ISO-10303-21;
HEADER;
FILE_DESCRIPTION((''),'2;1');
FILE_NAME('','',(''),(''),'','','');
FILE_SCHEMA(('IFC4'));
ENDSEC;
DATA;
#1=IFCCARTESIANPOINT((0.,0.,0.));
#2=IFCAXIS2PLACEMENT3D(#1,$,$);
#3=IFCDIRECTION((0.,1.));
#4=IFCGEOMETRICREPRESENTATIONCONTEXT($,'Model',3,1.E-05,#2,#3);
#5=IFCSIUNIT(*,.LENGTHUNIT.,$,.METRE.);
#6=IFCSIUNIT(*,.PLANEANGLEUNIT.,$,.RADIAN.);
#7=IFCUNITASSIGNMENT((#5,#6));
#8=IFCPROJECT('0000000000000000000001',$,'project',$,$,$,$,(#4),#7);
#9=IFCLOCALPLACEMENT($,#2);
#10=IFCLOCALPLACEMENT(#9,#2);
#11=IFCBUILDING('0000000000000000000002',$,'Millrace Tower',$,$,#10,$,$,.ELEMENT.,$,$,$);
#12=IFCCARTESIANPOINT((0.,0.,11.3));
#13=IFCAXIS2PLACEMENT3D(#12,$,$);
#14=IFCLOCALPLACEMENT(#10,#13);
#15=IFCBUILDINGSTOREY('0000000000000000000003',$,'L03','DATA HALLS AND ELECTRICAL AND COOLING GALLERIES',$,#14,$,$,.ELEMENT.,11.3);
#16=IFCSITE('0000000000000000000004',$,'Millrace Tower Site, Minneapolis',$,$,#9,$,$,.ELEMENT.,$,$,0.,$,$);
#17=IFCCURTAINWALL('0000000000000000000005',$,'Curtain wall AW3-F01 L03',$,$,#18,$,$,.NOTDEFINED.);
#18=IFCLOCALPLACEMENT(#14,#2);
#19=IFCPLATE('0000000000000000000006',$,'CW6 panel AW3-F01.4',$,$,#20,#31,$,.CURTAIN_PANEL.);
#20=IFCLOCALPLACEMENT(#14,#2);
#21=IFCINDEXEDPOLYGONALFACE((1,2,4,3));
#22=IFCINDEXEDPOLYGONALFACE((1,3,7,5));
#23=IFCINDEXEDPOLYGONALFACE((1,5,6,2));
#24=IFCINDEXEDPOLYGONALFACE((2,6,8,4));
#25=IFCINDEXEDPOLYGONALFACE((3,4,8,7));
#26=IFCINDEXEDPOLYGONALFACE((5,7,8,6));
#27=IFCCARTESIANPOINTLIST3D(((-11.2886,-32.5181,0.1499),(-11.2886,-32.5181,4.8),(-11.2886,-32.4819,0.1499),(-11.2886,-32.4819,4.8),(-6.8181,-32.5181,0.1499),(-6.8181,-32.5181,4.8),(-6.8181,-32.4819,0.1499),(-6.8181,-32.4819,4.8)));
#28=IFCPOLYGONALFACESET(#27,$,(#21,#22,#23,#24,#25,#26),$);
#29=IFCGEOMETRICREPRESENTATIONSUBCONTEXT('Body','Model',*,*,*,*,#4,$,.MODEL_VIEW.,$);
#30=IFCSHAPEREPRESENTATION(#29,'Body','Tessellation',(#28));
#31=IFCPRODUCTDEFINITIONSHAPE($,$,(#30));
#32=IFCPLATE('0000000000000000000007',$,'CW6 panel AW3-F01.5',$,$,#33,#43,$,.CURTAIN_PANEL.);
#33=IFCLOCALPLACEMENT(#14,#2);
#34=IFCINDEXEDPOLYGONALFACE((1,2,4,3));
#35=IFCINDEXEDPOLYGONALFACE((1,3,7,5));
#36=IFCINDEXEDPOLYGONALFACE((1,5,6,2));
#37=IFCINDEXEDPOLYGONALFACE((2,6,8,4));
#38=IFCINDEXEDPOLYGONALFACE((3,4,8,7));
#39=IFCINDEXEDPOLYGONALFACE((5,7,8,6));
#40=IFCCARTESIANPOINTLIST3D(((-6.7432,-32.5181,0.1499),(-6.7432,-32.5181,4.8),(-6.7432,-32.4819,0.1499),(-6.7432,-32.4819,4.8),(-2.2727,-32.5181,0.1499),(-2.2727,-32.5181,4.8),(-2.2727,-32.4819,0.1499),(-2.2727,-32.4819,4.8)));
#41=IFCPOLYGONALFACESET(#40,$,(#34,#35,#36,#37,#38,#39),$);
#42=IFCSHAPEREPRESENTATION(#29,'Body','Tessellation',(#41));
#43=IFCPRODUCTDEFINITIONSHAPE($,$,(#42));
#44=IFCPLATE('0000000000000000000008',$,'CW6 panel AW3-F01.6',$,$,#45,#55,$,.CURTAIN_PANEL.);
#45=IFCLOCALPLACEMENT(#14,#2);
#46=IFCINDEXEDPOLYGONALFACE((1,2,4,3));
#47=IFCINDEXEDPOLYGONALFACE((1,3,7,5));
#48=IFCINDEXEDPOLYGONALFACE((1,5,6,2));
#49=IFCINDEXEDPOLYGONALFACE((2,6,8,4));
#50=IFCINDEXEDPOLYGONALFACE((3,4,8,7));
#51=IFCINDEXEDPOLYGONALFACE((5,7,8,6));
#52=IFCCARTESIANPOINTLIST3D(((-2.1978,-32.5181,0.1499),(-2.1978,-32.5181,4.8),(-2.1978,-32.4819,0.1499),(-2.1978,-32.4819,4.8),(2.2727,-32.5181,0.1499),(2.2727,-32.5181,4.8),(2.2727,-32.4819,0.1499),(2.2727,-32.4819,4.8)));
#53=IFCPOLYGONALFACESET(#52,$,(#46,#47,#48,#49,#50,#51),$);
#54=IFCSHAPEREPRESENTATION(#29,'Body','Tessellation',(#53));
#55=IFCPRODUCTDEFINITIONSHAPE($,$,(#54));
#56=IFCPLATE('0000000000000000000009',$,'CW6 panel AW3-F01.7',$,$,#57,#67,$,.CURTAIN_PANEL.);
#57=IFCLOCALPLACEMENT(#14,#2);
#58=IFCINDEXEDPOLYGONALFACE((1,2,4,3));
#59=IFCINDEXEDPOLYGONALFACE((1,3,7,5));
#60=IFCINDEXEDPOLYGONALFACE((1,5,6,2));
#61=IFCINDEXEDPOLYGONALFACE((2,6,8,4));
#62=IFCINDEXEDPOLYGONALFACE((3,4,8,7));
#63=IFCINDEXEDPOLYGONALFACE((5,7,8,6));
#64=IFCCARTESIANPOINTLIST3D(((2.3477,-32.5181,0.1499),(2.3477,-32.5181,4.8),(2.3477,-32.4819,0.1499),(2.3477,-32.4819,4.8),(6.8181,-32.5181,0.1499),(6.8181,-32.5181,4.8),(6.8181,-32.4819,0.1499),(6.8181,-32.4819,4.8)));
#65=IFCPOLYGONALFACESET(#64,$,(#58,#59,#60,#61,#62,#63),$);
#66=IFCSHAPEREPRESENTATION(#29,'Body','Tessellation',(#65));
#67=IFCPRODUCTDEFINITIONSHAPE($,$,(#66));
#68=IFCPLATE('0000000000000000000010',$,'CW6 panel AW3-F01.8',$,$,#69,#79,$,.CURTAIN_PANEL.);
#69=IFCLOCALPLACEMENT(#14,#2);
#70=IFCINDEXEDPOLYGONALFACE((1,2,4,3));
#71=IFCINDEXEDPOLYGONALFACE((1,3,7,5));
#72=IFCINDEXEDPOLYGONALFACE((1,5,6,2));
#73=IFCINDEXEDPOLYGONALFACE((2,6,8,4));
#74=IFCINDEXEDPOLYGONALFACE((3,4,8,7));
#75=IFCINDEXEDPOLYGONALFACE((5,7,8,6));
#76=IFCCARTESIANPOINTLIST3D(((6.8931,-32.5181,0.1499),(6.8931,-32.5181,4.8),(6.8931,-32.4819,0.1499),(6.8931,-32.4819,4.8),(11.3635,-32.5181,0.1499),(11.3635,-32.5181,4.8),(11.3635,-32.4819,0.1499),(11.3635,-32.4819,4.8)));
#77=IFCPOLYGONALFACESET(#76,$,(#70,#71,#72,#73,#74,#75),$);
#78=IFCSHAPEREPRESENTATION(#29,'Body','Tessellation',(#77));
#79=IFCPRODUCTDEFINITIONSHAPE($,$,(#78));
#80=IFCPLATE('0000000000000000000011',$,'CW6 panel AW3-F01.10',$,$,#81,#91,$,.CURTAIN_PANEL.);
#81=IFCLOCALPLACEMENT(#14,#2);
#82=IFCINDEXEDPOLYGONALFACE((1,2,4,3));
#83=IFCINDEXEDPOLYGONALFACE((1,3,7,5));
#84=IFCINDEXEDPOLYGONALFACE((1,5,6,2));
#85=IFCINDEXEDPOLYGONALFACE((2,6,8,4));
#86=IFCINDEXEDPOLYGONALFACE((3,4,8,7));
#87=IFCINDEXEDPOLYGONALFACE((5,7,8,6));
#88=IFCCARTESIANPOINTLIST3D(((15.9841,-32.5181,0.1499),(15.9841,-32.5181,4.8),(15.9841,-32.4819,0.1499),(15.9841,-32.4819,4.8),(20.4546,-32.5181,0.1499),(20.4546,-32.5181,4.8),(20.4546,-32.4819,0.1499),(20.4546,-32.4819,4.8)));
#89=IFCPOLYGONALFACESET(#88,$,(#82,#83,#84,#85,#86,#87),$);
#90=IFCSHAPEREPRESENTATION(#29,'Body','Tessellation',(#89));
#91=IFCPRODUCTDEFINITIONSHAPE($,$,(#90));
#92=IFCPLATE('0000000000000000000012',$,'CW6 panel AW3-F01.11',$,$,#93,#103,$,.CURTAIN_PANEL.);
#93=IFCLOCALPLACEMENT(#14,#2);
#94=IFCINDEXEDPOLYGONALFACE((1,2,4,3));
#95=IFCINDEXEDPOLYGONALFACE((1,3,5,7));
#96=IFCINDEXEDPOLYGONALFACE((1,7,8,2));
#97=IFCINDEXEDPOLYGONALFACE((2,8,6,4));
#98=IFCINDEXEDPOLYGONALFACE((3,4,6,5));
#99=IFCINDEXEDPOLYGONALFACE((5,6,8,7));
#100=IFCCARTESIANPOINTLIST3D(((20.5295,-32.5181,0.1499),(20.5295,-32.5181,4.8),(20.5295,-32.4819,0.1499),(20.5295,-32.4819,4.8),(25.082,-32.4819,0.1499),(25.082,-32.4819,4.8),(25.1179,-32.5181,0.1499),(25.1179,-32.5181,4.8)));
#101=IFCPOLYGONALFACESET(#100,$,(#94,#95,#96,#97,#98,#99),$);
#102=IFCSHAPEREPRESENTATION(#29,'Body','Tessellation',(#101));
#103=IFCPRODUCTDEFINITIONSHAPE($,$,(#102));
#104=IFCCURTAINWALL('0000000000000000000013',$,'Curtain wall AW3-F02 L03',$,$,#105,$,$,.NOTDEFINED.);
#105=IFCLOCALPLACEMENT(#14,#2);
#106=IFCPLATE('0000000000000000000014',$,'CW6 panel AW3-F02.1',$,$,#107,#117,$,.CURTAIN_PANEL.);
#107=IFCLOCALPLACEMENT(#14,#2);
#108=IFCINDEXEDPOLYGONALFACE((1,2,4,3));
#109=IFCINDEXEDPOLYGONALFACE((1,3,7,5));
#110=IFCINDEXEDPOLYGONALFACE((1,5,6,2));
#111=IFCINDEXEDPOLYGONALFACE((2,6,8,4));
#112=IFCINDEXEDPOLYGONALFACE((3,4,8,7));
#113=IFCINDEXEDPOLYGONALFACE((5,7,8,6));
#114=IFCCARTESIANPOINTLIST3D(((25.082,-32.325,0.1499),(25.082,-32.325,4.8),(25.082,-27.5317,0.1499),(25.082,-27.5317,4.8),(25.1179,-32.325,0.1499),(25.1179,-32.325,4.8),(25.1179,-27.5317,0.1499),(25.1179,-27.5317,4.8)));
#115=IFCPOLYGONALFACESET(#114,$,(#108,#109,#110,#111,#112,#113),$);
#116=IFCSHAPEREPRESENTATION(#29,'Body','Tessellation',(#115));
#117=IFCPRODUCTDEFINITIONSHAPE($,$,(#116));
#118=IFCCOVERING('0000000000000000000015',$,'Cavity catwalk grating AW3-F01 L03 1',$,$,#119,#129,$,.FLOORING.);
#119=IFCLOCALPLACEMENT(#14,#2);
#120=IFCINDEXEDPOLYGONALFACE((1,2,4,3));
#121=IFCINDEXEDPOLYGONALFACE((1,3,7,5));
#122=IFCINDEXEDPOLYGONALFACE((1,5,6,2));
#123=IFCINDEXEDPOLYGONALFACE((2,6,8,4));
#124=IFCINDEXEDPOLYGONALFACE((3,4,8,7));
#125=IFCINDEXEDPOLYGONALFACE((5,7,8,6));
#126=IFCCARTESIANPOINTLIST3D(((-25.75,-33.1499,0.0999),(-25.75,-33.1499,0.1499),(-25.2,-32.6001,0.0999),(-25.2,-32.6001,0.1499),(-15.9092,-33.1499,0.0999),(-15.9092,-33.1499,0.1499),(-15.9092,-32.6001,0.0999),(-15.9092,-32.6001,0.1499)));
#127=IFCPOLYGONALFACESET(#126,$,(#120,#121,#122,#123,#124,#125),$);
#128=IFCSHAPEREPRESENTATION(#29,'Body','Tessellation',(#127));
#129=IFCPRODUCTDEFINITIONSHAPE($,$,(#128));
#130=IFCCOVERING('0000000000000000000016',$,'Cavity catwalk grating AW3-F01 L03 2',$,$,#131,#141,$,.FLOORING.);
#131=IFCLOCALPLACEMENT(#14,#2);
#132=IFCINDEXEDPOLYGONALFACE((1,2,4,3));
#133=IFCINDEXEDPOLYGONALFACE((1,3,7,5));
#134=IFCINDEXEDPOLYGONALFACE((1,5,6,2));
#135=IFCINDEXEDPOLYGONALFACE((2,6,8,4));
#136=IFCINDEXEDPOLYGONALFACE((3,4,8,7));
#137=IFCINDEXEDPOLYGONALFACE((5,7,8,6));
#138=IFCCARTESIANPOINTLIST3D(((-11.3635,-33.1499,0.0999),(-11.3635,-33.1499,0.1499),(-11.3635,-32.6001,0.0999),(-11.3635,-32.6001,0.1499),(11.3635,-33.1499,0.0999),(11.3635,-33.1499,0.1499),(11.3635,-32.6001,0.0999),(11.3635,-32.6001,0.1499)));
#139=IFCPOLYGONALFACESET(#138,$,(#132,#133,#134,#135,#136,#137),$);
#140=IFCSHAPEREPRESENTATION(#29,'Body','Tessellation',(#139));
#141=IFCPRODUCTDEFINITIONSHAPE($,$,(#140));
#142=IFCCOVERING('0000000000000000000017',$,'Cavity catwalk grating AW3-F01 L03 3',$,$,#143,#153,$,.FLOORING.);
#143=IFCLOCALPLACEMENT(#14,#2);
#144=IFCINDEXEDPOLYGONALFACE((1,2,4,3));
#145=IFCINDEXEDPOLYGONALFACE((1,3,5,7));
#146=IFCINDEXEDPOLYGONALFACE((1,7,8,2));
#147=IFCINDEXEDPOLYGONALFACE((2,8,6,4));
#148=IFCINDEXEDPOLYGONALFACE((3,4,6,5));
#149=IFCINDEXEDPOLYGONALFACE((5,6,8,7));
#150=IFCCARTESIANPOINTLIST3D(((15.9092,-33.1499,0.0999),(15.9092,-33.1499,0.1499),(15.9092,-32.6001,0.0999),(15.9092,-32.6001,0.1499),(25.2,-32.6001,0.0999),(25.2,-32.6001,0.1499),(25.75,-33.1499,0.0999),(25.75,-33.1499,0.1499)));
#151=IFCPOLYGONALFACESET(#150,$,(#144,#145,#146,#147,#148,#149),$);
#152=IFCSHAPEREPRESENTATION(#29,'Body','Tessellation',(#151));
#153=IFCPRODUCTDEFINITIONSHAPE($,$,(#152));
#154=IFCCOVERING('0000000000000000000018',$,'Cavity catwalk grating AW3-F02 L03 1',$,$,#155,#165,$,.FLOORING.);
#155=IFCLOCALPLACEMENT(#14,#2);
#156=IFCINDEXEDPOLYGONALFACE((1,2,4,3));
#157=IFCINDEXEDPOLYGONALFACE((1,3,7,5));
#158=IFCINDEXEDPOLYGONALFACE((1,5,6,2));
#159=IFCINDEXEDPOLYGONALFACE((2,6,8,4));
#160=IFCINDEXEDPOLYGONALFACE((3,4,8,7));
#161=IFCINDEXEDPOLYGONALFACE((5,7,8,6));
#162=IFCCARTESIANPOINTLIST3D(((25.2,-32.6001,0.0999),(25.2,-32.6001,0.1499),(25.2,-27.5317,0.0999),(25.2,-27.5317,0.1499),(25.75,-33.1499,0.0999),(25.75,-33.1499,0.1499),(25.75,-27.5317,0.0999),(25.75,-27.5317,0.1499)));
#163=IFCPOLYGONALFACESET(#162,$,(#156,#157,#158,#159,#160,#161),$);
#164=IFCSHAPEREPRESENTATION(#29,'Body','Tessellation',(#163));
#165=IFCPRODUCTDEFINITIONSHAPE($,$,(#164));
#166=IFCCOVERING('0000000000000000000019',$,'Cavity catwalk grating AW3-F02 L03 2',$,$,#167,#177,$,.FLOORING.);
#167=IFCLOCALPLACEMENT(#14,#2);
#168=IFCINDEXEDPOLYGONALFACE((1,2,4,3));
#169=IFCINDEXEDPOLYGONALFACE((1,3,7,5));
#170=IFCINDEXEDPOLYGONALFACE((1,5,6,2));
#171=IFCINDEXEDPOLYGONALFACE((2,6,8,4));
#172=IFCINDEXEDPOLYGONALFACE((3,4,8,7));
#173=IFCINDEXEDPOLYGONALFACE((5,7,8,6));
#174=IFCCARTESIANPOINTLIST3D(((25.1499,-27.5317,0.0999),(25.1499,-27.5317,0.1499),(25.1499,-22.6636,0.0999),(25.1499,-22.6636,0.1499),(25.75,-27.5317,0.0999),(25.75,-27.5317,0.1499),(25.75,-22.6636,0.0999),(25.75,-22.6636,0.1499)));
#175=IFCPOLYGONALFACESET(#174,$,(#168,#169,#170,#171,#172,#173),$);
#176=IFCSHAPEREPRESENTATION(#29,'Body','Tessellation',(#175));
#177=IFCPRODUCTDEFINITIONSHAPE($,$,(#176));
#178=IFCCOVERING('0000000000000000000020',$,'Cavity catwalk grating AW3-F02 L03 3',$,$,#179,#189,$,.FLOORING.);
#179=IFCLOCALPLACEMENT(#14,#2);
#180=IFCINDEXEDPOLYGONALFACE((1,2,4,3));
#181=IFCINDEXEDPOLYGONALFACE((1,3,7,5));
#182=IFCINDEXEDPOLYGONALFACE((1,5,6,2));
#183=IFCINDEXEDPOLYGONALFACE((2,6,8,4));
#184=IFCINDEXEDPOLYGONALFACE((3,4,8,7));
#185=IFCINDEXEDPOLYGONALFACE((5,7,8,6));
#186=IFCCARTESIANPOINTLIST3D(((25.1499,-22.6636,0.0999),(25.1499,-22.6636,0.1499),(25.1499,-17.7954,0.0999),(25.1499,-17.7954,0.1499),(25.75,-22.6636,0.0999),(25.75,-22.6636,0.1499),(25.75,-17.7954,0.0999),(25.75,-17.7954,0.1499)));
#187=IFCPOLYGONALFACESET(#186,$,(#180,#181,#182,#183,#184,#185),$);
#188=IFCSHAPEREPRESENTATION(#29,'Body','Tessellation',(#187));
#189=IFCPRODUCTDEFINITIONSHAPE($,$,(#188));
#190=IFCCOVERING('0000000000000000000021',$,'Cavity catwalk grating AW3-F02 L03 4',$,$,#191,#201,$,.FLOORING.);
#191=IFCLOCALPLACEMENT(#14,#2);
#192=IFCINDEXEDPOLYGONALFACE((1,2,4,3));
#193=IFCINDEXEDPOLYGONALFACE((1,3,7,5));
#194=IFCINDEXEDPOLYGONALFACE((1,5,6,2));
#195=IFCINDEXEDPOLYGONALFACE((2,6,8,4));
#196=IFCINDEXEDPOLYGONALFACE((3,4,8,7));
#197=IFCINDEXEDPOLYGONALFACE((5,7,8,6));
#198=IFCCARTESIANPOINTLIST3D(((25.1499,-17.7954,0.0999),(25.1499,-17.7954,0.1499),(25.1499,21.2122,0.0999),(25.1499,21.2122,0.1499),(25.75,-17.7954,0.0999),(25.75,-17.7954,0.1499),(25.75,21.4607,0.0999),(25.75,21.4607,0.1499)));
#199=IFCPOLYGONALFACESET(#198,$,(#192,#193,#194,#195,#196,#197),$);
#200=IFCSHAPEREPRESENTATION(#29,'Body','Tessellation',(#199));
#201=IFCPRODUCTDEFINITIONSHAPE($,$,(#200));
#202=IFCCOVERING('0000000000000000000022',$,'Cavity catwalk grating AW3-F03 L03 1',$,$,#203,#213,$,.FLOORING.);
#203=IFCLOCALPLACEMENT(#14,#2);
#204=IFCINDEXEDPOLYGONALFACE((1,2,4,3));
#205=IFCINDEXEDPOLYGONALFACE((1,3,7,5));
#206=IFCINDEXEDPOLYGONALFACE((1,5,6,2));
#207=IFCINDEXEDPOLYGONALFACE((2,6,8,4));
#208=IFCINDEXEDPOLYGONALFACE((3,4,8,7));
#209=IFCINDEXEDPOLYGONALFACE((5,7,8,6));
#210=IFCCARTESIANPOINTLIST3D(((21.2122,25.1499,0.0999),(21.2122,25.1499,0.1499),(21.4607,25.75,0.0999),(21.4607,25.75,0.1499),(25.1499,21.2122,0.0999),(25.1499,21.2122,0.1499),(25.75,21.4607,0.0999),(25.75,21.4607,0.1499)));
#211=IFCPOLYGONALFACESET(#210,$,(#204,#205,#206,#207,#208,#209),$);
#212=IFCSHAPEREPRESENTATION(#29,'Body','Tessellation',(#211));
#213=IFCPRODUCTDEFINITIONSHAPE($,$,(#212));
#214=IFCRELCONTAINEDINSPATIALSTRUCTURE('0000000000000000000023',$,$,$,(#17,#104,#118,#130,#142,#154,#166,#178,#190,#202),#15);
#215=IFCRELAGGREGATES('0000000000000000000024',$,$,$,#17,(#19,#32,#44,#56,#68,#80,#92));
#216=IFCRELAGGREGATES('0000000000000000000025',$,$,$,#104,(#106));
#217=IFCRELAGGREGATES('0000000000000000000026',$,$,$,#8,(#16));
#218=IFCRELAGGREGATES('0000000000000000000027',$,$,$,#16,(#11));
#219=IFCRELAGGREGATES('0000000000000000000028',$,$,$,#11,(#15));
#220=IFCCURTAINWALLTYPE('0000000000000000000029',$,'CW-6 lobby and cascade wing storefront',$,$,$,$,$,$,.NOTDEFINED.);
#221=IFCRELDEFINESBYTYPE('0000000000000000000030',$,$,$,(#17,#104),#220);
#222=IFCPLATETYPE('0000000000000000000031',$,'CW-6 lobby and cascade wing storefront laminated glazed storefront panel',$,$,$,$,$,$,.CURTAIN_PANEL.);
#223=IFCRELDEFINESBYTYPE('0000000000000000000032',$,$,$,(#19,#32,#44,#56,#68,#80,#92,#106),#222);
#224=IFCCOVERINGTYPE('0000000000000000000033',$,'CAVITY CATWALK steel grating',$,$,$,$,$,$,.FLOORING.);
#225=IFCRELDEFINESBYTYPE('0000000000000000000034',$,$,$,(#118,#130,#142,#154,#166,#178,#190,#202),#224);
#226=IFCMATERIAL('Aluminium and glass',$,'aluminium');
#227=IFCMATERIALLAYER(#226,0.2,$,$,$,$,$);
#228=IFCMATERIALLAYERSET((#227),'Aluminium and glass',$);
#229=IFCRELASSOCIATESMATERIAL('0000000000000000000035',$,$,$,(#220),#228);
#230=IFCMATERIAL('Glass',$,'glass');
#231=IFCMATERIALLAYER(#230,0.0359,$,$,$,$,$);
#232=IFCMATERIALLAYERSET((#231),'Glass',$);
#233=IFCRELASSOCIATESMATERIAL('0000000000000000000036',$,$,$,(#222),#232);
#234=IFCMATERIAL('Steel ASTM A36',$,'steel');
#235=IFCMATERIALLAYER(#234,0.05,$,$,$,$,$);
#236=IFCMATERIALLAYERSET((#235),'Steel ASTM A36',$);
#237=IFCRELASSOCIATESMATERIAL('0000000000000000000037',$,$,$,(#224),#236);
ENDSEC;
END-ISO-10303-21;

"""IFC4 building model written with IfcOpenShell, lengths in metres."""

from ifc_helpers import new_model, si_unit, direction, frame, origin, place, context, subcontext, project, spatial, polyline, outline, extrude, material, layer, layer_set, type_object, element, aggregate, save


model = new_model("IFC4")

# Units and contexts
model_context = context("Model", 3, precision=1e-05, world=origin(), true_north=direction((0.0, 1.0)))
body_context = subcontext(model_context, "Body", "Model", "MODEL_VIEW")
ifc_project = project(units=[si_unit("LENGTHUNIT", "METRE"), si_unit("PLANEANGLEUNIT", "RADIAN")], contexts=[model_context])

# Site, building, storey
site_placement = place(None, origin())
site = spatial("IfcSite", under=ifc_project, at=site_placement, Name="Millrace Tower Site, Minneapolis", CompositionType="ELEMENT", RefElevation=0.0)
building_placement = place(site_placement, origin())
building = spatial("IfcBuilding", under=site, at=building_placement, Name="Millrace Tower", CompositionType="ELEMENT")
storey_placement = place(building_placement, frame((0.0, 0.0, 11.3)))
storey = spatial("IfcBuildingStorey", under=building, at=storey_placement, Name="L03", Description="DATA HALLS AND ELECTRICAL AND COOLING GALLERIES", CompositionType="ELEMENT", Elevation=11.3)

# Shared definitions
placement_1 = place(storey_placement, origin())

# Curtain wall, plates
ifc_material_1 = material(Name="Aluminium and glass", Category="aluminium")
ifc_layer_1 = layer(ifc_material_1, 0.2)
ifc_layer_set_1 = layer_set([ifc_layer_1], Name="Aluminium and glass")
curtain_wall_type_1 = type_object("IfcCurtainWallType", Name="CW-6 lobby and cascade wing storefront", PredefinedType="NOTDEFINED", material=ifc_layer_set_1)
curtain_wall_1 = element("IfcCurtainWall", 1, at=placement_1, inside=storey, type_object=curtain_wall_type_1, Name="Curtain wall AW3-F01 L03", PredefinedType="NOTDEFINED")
ifc_material_2 = material(Name="Glass", Category="glass")
ifc_layer_2 = layer(ifc_material_2, 0.0359)
ifc_layer_set_2 = layer_set([ifc_layer_2], Name="Glass")
plate_type_1 = type_object("IfcPlateType", Name="CW-6 lobby and cascade wing storefront laminated glazed storefront panel", PredefinedType="CURTAIN_PANEL", material=ifc_layer_set_2)
placement_2 = place(storey_placement, frame((0.0, 0.0, 0.1499)))
plate_1 = element("IfcPlate", 2, at=placement_2, type_object=plate_type_1, Name="CW6 panel AW3-F01.4", PredefinedType="CURTAIN_PANEL", context=body_context, shape_type="SweptSolid", body=[
    extrude(outline(polyline([(-11.2886, -32.5181), (-6.8181, -32.5181), (-6.8181, -32.4819), (-11.2886, -32.4819), (-11.2886, -32.5181)])), origin(), (0.0, 0.0, 1.0), 4.6501),
])
plate_2 = element("IfcPlate", 3, at=placement_2, type_object=plate_type_1, Name="CW6 panel AW3-F01.5", PredefinedType="CURTAIN_PANEL", context=body_context, shape_type="SweptSolid", body=[
    extrude(outline(polyline([(-6.7432, -32.5181), (-2.2727, -32.5181), (-2.2727, -32.4819), (-6.7432, -32.4819), (-6.7432, -32.5181)])), origin(), (0.0, 0.0, 1.0), 4.6501),
])
plate_3 = element("IfcPlate", 4, at=placement_2, type_object=plate_type_1, Name="CW6 panel AW3-F01.6", PredefinedType="CURTAIN_PANEL", context=body_context, shape_type="SweptSolid", body=[
    extrude(outline(polyline([(-2.1978, -32.5181), (2.2727, -32.5181), (2.2727, -32.4819), (-2.1978, -32.4819), (-2.1978, -32.5181)])), origin(), (0.0, 0.0, 1.0), 4.6501),
])
plate_4 = element("IfcPlate", 5, at=placement_2, type_object=plate_type_1, Name="CW6 panel AW3-F01.7", PredefinedType="CURTAIN_PANEL", context=body_context, shape_type="SweptSolid", body=[
    extrude(outline(polyline([(2.3477, -32.5181), (6.8181, -32.5181), (6.8181, -32.4819), (2.3477, -32.4819), (2.3477, -32.5181)])), origin(), (0.0, 0.0, 1.0), 4.6501),
])
plate_5 = element("IfcPlate", 6, at=placement_2, type_object=plate_type_1, Name="CW6 panel AW3-F01.8", PredefinedType="CURTAIN_PANEL", context=body_context, shape_type="SweptSolid", body=[
    extrude(outline(polyline([(6.8931, -32.5181), (11.3635, -32.5181), (11.3635, -32.4819), (6.8931, -32.4819), (6.8931, -32.5181)])), origin(), (0.0, 0.0, 1.0), 4.6501),
])
plate_6 = element("IfcPlate", 7, at=placement_2, type_object=plate_type_1, Name="CW6 panel AW3-F01.10", PredefinedType="CURTAIN_PANEL", context=body_context, shape_type="SweptSolid", body=[
    extrude(outline(polyline([(15.9841, -32.5181), (20.4546, -32.5181), (20.4546, -32.4819), (15.9841, -32.4819), (15.9841, -32.5181)])), origin(), (0.0, 0.0, 1.0), 4.6501),
])
plate_7 = element("IfcPlate", 8, at=placement_2, type_object=plate_type_1, Name="CW6 panel AW3-F01.11", PredefinedType="CURTAIN_PANEL", context=body_context, shape_type="SweptSolid", body=[
    extrude(outline(polyline([(20.5295, -32.5181), (25.1179, -32.5181), (25.082, -32.4819), (20.5295, -32.4819), (20.5295, -32.5181)])), origin(), (0.0, 0.0, 1.0), 4.6501),
])
aggregate(curtain_wall_1, [plate_1, plate_2, plate_3, plate_4, plate_5, plate_6, plate_7])

# Curtain wall, plate
curtain_wall_2 = element("IfcCurtainWall", 9, at=placement_1, inside=storey, type_object=curtain_wall_type_1, Name="Curtain wall AW3-F02 L03", PredefinedType="NOTDEFINED")
plate_8 = element("IfcPlate", 10, at=placement_2, type_object=plate_type_1, Name="CW6 panel AW3-F02.1", PredefinedType="CURTAIN_PANEL", context=body_context, shape_type="SweptSolid", body=[
    extrude(outline(polyline([(25.1179, -32.325), (25.1179, -27.5317), (25.082, -27.5317), (25.082, -32.325), (25.1179, -32.325)])), origin(), (0.0, 0.0, 1.0), 4.6501),
])
aggregate(curtain_wall_2, [plate_8])

# Coverings
ifc_material_3 = material(Name="Steel ASTM A36", Category="steel")
ifc_layer_3 = layer(ifc_material_3, 0.05)
ifc_layer_set_3 = layer_set([ifc_layer_3], Name="Steel ASTM A36")
covering_type = type_object("IfcCoveringType", Name="CAVITY CATWALK steel grating", PredefinedType="FLOORING", material=ifc_layer_set_3)
placement_3 = place(storey_placement, frame((0.0, 0.0, 0.0999)))
element("IfcCovering", 11, at=placement_3, inside=storey, type_object=covering_type, Name="Cavity catwalk grating AW3-F01 L03 1", PredefinedType="FLOORING", context=body_context, shape_type="SweptSolid", body=[
    extrude(outline(polyline([(-25.75, -33.1499), (-15.9092, -33.1499), (-15.9092, -32.6001), (-25.2, -32.6001), (-25.75, -33.1499)])), origin(), (0.0, 0.0, 1.0), 0.05),
])
element("IfcCovering", 12, at=placement_3, inside=storey, type_object=covering_type, Name="Cavity catwalk grating AW3-F01 L03 2", PredefinedType="FLOORING", context=body_context, shape_type="SweptSolid", body=[
    extrude(outline(polyline([(-11.3635, -33.1499), (11.3635, -33.1499), (11.3635, -32.6001), (-11.3635, -32.6001), (-11.3635, -33.1499)])), origin(), (0.0, 0.0, 1.0), 0.05),
])
element("IfcCovering", 13, at=placement_3, inside=storey, type_object=covering_type, Name="Cavity catwalk grating AW3-F01 L03 3", PredefinedType="FLOORING", context=body_context, shape_type="SweptSolid", body=[
    extrude(outline(polyline([(15.9092, -33.1499), (25.75, -33.1499), (25.2, -32.6001), (15.9092, -32.6001), (15.9092, -33.1499)])), origin(), (0.0, 0.0, 1.0), 0.05),
])
element("IfcCovering", 14, at=placement_3, inside=storey, type_object=covering_type, Name="Cavity catwalk grating AW3-F02 L03 1", PredefinedType="FLOORING", context=body_context, shape_type="SweptSolid", body=[
    extrude(outline(polyline([(25.75, -33.1499), (25.75, -27.5317), (25.2, -27.5317), (25.2, -32.6001), (25.75, -33.1499)])), origin(), (0.0, 0.0, 1.0), 0.05),
])
element("IfcCovering", 15, at=placement_3, inside=storey, type_object=covering_type, Name="Cavity catwalk grating AW3-F02 L03 2", PredefinedType="FLOORING", context=body_context, shape_type="SweptSolid", body=[
    extrude(outline(polyline([(25.75, -27.5317), (25.75, -22.6636), (25.1499, -22.6636), (25.1499, -27.5317), (25.75, -27.5317)])), origin(), (0.0, 0.0, 1.0), 0.05),
])
element("IfcCovering", 16, at=placement_3, inside=storey, type_object=covering_type, Name="Cavity catwalk grating AW3-F02 L03 3", PredefinedType="FLOORING", context=body_context, shape_type="SweptSolid", body=[
    extrude(outline(polyline([(25.75, -22.6636), (25.75, -17.7954), (25.1499, -17.7954), (25.1499, -22.6636), (25.75, -22.6636)])), origin(), (0.0, 0.0, 1.0), 0.05),
])
element("IfcCovering", 17, at=placement_3, inside=storey, type_object=covering_type, Name="Cavity catwalk grating AW3-F02 L03 4", PredefinedType="FLOORING", context=body_context, shape_type="SweptSolid", body=[
    extrude(outline(polyline([(25.75, -17.7954), (25.75, 21.4607), (25.1499, 21.2122), (25.1499, -17.7954), (25.75, -17.7954)])), origin(), (0.0, 0.0, 1.0), 0.05),
])
element("IfcCovering", 18, at=placement_3, inside=storey, type_object=covering_type, Name="Cavity catwalk grating AW3-F03 L03 1", PredefinedType="FLOORING", context=body_context, shape_type="SweptSolid", body=[
    extrude(outline(polyline([(25.75, 21.4607), (21.4607, 25.75), (21.2122, 25.1499), (25.1499, 21.2122), (25.75, 21.4607)])), origin(), (0.0, 0.0, 1.0), 0.05),
])

save(model, "model.ifc")
